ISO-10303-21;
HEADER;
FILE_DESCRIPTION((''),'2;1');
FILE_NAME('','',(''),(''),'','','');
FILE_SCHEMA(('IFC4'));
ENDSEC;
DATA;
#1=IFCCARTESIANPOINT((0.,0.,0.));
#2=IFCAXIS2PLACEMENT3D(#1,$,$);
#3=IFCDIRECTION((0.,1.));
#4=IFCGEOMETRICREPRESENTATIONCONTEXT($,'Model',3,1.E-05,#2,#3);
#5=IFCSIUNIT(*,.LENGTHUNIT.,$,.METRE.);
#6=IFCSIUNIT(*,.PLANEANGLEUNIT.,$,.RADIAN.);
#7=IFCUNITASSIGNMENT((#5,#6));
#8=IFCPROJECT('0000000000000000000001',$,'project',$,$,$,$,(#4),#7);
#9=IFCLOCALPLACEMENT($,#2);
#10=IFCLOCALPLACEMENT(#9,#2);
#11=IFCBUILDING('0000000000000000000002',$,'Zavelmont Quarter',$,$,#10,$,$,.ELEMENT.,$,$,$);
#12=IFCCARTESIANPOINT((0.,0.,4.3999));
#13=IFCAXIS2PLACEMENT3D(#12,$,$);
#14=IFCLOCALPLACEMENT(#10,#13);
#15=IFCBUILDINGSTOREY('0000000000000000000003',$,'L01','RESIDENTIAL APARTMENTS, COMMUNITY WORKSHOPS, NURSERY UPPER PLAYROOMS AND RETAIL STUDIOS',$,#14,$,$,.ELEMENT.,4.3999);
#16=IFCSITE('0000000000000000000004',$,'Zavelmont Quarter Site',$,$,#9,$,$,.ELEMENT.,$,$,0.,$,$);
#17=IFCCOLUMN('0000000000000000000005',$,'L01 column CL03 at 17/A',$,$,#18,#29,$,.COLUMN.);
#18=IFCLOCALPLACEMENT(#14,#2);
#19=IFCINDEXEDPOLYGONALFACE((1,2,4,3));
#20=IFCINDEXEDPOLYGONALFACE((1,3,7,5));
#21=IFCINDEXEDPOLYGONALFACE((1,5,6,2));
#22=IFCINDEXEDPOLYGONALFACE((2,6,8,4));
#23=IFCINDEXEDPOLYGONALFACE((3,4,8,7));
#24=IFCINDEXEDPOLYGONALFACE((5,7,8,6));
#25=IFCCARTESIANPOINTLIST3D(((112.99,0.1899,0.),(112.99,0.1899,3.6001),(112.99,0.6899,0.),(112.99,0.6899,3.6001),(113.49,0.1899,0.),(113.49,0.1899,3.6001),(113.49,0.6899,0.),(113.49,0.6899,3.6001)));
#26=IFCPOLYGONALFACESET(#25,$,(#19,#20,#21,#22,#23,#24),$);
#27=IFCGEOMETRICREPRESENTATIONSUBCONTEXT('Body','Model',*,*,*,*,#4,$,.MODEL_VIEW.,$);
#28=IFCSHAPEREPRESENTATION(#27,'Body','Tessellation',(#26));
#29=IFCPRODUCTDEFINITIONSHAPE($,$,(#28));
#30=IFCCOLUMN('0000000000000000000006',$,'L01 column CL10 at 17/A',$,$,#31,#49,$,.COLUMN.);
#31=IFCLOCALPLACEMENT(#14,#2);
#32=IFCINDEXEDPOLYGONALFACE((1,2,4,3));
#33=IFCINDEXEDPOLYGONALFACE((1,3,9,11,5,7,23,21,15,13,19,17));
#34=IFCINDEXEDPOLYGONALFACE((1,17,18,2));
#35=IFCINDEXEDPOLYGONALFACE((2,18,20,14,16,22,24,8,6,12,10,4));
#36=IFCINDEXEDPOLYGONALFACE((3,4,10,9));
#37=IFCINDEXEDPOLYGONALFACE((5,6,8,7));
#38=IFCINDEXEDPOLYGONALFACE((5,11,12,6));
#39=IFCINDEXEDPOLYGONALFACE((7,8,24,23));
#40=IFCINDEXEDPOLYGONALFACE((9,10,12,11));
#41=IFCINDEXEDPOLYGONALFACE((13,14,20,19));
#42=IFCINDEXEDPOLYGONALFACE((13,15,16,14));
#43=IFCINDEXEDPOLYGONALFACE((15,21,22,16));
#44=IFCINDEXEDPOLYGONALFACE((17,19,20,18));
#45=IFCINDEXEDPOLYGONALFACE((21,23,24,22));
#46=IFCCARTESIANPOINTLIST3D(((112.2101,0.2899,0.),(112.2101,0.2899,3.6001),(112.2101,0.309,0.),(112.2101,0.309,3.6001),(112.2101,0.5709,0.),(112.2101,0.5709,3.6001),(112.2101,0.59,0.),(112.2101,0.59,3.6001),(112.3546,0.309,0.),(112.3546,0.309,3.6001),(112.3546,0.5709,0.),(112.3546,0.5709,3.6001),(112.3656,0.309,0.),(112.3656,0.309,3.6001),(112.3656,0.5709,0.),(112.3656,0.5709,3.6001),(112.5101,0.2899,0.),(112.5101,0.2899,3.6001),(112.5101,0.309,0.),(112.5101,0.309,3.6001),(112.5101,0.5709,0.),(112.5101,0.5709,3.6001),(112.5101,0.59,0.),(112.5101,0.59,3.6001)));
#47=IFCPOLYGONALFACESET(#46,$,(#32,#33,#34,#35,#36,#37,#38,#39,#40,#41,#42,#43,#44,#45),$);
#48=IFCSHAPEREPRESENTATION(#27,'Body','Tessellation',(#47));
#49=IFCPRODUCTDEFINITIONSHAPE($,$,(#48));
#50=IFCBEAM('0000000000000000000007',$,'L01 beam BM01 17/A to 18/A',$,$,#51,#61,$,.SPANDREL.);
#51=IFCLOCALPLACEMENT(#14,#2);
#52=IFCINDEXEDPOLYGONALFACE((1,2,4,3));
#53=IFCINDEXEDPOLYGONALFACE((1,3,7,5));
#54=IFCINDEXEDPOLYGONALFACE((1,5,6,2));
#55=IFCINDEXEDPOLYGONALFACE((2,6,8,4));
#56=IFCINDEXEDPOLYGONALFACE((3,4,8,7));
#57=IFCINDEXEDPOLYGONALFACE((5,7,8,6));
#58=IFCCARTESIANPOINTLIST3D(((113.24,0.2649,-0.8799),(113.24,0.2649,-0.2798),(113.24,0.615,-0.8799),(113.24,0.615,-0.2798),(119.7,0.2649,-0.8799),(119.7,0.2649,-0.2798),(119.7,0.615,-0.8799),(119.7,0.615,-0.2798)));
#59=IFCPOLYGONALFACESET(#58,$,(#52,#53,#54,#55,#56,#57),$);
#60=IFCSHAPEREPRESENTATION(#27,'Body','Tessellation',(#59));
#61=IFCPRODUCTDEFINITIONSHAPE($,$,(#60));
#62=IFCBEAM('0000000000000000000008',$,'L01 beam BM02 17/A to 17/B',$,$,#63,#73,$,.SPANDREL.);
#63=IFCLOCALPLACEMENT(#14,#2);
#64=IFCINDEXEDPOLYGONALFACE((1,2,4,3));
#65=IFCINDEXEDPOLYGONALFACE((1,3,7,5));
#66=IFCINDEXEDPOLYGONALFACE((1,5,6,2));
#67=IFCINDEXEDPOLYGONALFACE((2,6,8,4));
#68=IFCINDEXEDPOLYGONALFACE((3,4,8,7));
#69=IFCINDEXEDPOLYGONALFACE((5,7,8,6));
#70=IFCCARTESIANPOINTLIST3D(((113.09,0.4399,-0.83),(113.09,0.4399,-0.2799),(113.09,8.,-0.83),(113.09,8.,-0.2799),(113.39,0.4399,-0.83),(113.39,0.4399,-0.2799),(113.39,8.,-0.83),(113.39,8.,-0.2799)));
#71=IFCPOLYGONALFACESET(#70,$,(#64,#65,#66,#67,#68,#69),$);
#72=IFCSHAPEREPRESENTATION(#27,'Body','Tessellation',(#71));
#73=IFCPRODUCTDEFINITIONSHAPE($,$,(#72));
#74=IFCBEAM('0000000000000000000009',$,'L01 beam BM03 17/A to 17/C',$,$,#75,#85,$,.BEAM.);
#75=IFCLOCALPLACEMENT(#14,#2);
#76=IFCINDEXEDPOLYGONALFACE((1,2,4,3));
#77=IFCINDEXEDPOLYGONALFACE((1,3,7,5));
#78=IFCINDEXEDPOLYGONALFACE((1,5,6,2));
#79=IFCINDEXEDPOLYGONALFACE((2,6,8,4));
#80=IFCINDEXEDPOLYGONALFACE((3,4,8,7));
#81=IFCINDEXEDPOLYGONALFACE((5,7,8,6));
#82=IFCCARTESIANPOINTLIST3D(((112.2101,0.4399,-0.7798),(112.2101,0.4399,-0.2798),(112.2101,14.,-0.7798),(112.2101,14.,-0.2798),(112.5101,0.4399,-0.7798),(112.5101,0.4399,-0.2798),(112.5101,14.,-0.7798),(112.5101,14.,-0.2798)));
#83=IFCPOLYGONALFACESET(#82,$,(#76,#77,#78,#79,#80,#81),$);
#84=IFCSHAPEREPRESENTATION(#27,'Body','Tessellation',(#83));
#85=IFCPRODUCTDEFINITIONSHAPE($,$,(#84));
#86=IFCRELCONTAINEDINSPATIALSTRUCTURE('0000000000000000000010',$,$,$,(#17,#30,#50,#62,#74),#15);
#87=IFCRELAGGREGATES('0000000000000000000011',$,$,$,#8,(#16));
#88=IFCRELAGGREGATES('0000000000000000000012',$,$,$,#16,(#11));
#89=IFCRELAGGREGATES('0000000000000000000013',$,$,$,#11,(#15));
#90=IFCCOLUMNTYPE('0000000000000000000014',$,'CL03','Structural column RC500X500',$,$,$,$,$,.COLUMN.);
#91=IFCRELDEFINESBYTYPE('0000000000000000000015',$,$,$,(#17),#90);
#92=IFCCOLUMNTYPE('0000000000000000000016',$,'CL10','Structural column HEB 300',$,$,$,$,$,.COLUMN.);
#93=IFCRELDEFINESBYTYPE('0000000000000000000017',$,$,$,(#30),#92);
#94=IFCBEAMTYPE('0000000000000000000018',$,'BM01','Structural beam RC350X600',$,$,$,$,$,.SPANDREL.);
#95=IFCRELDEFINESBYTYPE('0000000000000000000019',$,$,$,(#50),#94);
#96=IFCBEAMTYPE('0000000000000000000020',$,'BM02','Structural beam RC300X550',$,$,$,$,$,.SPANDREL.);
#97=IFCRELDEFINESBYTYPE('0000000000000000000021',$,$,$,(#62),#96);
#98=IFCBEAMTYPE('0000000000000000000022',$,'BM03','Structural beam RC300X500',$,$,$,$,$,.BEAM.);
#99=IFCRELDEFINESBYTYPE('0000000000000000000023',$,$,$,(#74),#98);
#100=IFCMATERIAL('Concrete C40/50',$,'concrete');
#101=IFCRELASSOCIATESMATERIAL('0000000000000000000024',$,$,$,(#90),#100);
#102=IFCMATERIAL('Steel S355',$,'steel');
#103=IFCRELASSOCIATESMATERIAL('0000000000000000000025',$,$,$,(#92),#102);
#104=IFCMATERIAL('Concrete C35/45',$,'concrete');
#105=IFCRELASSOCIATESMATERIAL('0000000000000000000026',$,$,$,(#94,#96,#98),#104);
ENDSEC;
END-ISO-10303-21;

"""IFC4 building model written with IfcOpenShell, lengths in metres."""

from ifc_helpers import new_model, si_unit, direction, frame, origin, origin_2d, place, context, subcontext, project, spatial, rectangle, i_section, extrude, material, material_profile, profile_set, type_object, element, save


model = new_model("IFC4")

# Units and contexts
model_context = context("Model", 3, precision=1e-05, world=origin(), true_north=direction((0.0, 1.0)))
body_context = subcontext(model_context, "Body", "Model", "MODEL_VIEW")
ifc_project = project(units=[si_unit("LENGTHUNIT", "METRE"), si_unit("PLANEANGLEUNIT", "RADIAN")], contexts=[model_context])

# Site, building, storey
site_placement = place(None, origin())
site = spatial("IfcSite", under=ifc_project, at=site_placement, Name="Zavelmont Quarter Site", CompositionType="ELEMENT", RefElevation=0.0)
building_placement = place(site_placement, origin())
building = spatial("IfcBuilding", under=site, at=building_placement, Name="Zavelmont Quarter", CompositionType="ELEMENT")
storey_placement = place(building_placement, frame((0.0, 0.0, 4.3999)))
storey = spatial("IfcBuildingStorey", under=building, at=storey_placement, Name="L01", Description="RESIDENTIAL APARTMENTS, COMMUNITY WORKSHOPS, NURSERY UPPER PLAYROOMS AND RETAIL STUDIOS", CompositionType="ELEMENT", Elevation=4.3999)

# Columns
ifc_material_1 = material(Name="Concrete C40/50", Category="concrete")
ifc_material_profile_1 = material_profile(ifc_material_1, rectangle(XDim=0.5, YDim=0.5, at=origin_2d()), Name="RC500X500")
ifc_profile_set_1 = profile_set([ifc_material_profile_1], Name="Concrete C40/50")
column_type_1 = type_object("IfcColumnType", Name="CL03", Description="Structural column RC500X500", PredefinedType="COLUMN", material=ifc_profile_set_1)
column_1_placement = place(storey_placement, frame((113.24, 0.4399, 0.0), z_axis=(0.0, 0.0, 1.0), x_axis=(1.0, 0.0, 0.0)))
element("IfcColumn", 1, at=column_1_placement, inside=storey, type_object=column_type_1, Name="L01 column CL03 at 17/A", PredefinedType="COLUMN", context=body_context, shape_type="SweptSolid", body=[
    extrude(rectangle(XDim=0.5, YDim=0.5, at=origin_2d()), origin(), (0.0, 0.0, 1.0), 3.6001),
])
ifc_material_2 = material(Name="Steel S355", Category="steel")
ifc_material_profile_2 = material_profile(ifc_material_2, i_section(OverallWidth=0.3, OverallDepth=0.3, WebThickness=0.011, FlangeThickness=0.019, at=origin_2d()), Name="HEB 300")
ifc_profile_set_2 = profile_set([ifc_material_profile_2], Name="Steel S355")
column_type_2 = type_object("IfcColumnType", Name="CL10", Description="Structural column HEB 300", PredefinedType="COLUMN", material=ifc_profile_set_2)
column_2_placement = place(storey_placement, frame((112.3601, 0.4399, 0.0), z_axis=(0.0, 0.0, 1.0), x_axis=(1.0, 0.0, 0.0)))
element("IfcColumn", 2, at=column_2_placement, inside=storey, type_object=column_type_2, Name="L01 column CL10 at 17/A", PredefinedType="COLUMN", context=body_context, shape_type="SweptSolid", body=[
    extrude(i_section(OverallWidth=0.3, OverallDepth=0.3, WebThickness=0.011, FlangeThickness=0.019, at=origin_2d()), origin(), (0.0, 0.0, 1.0), 3.6001),
])

# Beams
ifc_material_3 = material(Name="Concrete C35/45", Category="concrete")
ifc_material_profile_3 = material_profile(ifc_material_3, rectangle(XDim=0.3501, YDim=0.6001, at=origin_2d()), Name="RC350X600")
ifc_profile_set_3 = profile_set([ifc_material_profile_3], Name="Concrete C35/45")
beam_type_1 = type_object("IfcBeamType", Name="BM01", Description="Structural beam RC350X600", PredefinedType="SPANDREL", material=ifc_profile_set_3)
beam_1_placement = place(storey_placement, frame((113.24, 0.4399, -0.5798), z_axis=(1.0, 0.0, 0.0), x_axis=(0.0, 1.0, 0.0)))
element("IfcBeam", 3, at=beam_1_placement, inside=storey, type_object=beam_type_1, Name="L01 beam BM01 17/A to 18/A", PredefinedType="SPANDREL", context=body_context, shape_type="SweptSolid", body=[
    extrude(rectangle(XDim=0.3501, YDim=0.6001, at=origin_2d()), origin(), (0.0, 0.0, 1.0), 6.46),
])
ifc_material_profile_4 = material_profile(ifc_material_3, rectangle(XDim=0.3, YDim=0.55, at=origin_2d()), Name="RC300X550")
ifc_profile_set_4 = profile_set([ifc_material_profile_4], Name="Concrete C35/45")
beam_type_2 = type_object("IfcBeamType", Name="BM02", Description="Structural beam RC300X550", PredefinedType="SPANDREL", material=ifc_profile_set_4)
beam_2_placement = place(storey_placement, frame((113.24, 0.4399, -0.5549), z_axis=(0.0, 1.0, 0.0), x_axis=(-1.0, 0.0, 0.0)))
element("IfcBeam", 4, at=beam_2_placement, inside=storey, type_object=beam_type_2, Name="L01 beam BM02 17/A to 17/B", PredefinedType="SPANDREL", context=body_context, shape_type="SweptSolid", body=[
    extrude(rectangle(XDim=0.3, YDim=0.55, at=origin_2d()), origin(), (0.0, 0.0, 1.0), 7.5601),
])
ifc_material_profile_5 = material_profile(ifc_material_3, rectangle(XDim=0.3, YDim=0.5, at=origin_2d()), Name="RC300X500")
ifc_profile_set_5 = profile_set([ifc_material_profile_5], Name="Concrete C35/45")
beam_type_3 = type_object("IfcBeamType", Name="BM03", Description="Structural beam RC300X500", PredefinedType="BEAM", material=ifc_profile_set_5)
beam_3_placement = place(storey_placement, frame((112.3601, 0.4399, -0.5298), z_axis=(0.0, 1.0, 0.0), x_axis=(-1.0, 0.0, 0.0)))
element("IfcBeam", 5, at=beam_3_placement, inside=storey, type_object=beam_type_3, Name="L01 beam BM03 17/A to 17/C", PredefinedType="BEAM", context=body_context, shape_type="SweptSolid", body=[
    extrude(rectangle(XDim=0.3, YDim=0.5, at=origin_2d()), origin(), (0.0, 0.0, 1.0), 13.5601),
])

save(model, "model.ifc")
